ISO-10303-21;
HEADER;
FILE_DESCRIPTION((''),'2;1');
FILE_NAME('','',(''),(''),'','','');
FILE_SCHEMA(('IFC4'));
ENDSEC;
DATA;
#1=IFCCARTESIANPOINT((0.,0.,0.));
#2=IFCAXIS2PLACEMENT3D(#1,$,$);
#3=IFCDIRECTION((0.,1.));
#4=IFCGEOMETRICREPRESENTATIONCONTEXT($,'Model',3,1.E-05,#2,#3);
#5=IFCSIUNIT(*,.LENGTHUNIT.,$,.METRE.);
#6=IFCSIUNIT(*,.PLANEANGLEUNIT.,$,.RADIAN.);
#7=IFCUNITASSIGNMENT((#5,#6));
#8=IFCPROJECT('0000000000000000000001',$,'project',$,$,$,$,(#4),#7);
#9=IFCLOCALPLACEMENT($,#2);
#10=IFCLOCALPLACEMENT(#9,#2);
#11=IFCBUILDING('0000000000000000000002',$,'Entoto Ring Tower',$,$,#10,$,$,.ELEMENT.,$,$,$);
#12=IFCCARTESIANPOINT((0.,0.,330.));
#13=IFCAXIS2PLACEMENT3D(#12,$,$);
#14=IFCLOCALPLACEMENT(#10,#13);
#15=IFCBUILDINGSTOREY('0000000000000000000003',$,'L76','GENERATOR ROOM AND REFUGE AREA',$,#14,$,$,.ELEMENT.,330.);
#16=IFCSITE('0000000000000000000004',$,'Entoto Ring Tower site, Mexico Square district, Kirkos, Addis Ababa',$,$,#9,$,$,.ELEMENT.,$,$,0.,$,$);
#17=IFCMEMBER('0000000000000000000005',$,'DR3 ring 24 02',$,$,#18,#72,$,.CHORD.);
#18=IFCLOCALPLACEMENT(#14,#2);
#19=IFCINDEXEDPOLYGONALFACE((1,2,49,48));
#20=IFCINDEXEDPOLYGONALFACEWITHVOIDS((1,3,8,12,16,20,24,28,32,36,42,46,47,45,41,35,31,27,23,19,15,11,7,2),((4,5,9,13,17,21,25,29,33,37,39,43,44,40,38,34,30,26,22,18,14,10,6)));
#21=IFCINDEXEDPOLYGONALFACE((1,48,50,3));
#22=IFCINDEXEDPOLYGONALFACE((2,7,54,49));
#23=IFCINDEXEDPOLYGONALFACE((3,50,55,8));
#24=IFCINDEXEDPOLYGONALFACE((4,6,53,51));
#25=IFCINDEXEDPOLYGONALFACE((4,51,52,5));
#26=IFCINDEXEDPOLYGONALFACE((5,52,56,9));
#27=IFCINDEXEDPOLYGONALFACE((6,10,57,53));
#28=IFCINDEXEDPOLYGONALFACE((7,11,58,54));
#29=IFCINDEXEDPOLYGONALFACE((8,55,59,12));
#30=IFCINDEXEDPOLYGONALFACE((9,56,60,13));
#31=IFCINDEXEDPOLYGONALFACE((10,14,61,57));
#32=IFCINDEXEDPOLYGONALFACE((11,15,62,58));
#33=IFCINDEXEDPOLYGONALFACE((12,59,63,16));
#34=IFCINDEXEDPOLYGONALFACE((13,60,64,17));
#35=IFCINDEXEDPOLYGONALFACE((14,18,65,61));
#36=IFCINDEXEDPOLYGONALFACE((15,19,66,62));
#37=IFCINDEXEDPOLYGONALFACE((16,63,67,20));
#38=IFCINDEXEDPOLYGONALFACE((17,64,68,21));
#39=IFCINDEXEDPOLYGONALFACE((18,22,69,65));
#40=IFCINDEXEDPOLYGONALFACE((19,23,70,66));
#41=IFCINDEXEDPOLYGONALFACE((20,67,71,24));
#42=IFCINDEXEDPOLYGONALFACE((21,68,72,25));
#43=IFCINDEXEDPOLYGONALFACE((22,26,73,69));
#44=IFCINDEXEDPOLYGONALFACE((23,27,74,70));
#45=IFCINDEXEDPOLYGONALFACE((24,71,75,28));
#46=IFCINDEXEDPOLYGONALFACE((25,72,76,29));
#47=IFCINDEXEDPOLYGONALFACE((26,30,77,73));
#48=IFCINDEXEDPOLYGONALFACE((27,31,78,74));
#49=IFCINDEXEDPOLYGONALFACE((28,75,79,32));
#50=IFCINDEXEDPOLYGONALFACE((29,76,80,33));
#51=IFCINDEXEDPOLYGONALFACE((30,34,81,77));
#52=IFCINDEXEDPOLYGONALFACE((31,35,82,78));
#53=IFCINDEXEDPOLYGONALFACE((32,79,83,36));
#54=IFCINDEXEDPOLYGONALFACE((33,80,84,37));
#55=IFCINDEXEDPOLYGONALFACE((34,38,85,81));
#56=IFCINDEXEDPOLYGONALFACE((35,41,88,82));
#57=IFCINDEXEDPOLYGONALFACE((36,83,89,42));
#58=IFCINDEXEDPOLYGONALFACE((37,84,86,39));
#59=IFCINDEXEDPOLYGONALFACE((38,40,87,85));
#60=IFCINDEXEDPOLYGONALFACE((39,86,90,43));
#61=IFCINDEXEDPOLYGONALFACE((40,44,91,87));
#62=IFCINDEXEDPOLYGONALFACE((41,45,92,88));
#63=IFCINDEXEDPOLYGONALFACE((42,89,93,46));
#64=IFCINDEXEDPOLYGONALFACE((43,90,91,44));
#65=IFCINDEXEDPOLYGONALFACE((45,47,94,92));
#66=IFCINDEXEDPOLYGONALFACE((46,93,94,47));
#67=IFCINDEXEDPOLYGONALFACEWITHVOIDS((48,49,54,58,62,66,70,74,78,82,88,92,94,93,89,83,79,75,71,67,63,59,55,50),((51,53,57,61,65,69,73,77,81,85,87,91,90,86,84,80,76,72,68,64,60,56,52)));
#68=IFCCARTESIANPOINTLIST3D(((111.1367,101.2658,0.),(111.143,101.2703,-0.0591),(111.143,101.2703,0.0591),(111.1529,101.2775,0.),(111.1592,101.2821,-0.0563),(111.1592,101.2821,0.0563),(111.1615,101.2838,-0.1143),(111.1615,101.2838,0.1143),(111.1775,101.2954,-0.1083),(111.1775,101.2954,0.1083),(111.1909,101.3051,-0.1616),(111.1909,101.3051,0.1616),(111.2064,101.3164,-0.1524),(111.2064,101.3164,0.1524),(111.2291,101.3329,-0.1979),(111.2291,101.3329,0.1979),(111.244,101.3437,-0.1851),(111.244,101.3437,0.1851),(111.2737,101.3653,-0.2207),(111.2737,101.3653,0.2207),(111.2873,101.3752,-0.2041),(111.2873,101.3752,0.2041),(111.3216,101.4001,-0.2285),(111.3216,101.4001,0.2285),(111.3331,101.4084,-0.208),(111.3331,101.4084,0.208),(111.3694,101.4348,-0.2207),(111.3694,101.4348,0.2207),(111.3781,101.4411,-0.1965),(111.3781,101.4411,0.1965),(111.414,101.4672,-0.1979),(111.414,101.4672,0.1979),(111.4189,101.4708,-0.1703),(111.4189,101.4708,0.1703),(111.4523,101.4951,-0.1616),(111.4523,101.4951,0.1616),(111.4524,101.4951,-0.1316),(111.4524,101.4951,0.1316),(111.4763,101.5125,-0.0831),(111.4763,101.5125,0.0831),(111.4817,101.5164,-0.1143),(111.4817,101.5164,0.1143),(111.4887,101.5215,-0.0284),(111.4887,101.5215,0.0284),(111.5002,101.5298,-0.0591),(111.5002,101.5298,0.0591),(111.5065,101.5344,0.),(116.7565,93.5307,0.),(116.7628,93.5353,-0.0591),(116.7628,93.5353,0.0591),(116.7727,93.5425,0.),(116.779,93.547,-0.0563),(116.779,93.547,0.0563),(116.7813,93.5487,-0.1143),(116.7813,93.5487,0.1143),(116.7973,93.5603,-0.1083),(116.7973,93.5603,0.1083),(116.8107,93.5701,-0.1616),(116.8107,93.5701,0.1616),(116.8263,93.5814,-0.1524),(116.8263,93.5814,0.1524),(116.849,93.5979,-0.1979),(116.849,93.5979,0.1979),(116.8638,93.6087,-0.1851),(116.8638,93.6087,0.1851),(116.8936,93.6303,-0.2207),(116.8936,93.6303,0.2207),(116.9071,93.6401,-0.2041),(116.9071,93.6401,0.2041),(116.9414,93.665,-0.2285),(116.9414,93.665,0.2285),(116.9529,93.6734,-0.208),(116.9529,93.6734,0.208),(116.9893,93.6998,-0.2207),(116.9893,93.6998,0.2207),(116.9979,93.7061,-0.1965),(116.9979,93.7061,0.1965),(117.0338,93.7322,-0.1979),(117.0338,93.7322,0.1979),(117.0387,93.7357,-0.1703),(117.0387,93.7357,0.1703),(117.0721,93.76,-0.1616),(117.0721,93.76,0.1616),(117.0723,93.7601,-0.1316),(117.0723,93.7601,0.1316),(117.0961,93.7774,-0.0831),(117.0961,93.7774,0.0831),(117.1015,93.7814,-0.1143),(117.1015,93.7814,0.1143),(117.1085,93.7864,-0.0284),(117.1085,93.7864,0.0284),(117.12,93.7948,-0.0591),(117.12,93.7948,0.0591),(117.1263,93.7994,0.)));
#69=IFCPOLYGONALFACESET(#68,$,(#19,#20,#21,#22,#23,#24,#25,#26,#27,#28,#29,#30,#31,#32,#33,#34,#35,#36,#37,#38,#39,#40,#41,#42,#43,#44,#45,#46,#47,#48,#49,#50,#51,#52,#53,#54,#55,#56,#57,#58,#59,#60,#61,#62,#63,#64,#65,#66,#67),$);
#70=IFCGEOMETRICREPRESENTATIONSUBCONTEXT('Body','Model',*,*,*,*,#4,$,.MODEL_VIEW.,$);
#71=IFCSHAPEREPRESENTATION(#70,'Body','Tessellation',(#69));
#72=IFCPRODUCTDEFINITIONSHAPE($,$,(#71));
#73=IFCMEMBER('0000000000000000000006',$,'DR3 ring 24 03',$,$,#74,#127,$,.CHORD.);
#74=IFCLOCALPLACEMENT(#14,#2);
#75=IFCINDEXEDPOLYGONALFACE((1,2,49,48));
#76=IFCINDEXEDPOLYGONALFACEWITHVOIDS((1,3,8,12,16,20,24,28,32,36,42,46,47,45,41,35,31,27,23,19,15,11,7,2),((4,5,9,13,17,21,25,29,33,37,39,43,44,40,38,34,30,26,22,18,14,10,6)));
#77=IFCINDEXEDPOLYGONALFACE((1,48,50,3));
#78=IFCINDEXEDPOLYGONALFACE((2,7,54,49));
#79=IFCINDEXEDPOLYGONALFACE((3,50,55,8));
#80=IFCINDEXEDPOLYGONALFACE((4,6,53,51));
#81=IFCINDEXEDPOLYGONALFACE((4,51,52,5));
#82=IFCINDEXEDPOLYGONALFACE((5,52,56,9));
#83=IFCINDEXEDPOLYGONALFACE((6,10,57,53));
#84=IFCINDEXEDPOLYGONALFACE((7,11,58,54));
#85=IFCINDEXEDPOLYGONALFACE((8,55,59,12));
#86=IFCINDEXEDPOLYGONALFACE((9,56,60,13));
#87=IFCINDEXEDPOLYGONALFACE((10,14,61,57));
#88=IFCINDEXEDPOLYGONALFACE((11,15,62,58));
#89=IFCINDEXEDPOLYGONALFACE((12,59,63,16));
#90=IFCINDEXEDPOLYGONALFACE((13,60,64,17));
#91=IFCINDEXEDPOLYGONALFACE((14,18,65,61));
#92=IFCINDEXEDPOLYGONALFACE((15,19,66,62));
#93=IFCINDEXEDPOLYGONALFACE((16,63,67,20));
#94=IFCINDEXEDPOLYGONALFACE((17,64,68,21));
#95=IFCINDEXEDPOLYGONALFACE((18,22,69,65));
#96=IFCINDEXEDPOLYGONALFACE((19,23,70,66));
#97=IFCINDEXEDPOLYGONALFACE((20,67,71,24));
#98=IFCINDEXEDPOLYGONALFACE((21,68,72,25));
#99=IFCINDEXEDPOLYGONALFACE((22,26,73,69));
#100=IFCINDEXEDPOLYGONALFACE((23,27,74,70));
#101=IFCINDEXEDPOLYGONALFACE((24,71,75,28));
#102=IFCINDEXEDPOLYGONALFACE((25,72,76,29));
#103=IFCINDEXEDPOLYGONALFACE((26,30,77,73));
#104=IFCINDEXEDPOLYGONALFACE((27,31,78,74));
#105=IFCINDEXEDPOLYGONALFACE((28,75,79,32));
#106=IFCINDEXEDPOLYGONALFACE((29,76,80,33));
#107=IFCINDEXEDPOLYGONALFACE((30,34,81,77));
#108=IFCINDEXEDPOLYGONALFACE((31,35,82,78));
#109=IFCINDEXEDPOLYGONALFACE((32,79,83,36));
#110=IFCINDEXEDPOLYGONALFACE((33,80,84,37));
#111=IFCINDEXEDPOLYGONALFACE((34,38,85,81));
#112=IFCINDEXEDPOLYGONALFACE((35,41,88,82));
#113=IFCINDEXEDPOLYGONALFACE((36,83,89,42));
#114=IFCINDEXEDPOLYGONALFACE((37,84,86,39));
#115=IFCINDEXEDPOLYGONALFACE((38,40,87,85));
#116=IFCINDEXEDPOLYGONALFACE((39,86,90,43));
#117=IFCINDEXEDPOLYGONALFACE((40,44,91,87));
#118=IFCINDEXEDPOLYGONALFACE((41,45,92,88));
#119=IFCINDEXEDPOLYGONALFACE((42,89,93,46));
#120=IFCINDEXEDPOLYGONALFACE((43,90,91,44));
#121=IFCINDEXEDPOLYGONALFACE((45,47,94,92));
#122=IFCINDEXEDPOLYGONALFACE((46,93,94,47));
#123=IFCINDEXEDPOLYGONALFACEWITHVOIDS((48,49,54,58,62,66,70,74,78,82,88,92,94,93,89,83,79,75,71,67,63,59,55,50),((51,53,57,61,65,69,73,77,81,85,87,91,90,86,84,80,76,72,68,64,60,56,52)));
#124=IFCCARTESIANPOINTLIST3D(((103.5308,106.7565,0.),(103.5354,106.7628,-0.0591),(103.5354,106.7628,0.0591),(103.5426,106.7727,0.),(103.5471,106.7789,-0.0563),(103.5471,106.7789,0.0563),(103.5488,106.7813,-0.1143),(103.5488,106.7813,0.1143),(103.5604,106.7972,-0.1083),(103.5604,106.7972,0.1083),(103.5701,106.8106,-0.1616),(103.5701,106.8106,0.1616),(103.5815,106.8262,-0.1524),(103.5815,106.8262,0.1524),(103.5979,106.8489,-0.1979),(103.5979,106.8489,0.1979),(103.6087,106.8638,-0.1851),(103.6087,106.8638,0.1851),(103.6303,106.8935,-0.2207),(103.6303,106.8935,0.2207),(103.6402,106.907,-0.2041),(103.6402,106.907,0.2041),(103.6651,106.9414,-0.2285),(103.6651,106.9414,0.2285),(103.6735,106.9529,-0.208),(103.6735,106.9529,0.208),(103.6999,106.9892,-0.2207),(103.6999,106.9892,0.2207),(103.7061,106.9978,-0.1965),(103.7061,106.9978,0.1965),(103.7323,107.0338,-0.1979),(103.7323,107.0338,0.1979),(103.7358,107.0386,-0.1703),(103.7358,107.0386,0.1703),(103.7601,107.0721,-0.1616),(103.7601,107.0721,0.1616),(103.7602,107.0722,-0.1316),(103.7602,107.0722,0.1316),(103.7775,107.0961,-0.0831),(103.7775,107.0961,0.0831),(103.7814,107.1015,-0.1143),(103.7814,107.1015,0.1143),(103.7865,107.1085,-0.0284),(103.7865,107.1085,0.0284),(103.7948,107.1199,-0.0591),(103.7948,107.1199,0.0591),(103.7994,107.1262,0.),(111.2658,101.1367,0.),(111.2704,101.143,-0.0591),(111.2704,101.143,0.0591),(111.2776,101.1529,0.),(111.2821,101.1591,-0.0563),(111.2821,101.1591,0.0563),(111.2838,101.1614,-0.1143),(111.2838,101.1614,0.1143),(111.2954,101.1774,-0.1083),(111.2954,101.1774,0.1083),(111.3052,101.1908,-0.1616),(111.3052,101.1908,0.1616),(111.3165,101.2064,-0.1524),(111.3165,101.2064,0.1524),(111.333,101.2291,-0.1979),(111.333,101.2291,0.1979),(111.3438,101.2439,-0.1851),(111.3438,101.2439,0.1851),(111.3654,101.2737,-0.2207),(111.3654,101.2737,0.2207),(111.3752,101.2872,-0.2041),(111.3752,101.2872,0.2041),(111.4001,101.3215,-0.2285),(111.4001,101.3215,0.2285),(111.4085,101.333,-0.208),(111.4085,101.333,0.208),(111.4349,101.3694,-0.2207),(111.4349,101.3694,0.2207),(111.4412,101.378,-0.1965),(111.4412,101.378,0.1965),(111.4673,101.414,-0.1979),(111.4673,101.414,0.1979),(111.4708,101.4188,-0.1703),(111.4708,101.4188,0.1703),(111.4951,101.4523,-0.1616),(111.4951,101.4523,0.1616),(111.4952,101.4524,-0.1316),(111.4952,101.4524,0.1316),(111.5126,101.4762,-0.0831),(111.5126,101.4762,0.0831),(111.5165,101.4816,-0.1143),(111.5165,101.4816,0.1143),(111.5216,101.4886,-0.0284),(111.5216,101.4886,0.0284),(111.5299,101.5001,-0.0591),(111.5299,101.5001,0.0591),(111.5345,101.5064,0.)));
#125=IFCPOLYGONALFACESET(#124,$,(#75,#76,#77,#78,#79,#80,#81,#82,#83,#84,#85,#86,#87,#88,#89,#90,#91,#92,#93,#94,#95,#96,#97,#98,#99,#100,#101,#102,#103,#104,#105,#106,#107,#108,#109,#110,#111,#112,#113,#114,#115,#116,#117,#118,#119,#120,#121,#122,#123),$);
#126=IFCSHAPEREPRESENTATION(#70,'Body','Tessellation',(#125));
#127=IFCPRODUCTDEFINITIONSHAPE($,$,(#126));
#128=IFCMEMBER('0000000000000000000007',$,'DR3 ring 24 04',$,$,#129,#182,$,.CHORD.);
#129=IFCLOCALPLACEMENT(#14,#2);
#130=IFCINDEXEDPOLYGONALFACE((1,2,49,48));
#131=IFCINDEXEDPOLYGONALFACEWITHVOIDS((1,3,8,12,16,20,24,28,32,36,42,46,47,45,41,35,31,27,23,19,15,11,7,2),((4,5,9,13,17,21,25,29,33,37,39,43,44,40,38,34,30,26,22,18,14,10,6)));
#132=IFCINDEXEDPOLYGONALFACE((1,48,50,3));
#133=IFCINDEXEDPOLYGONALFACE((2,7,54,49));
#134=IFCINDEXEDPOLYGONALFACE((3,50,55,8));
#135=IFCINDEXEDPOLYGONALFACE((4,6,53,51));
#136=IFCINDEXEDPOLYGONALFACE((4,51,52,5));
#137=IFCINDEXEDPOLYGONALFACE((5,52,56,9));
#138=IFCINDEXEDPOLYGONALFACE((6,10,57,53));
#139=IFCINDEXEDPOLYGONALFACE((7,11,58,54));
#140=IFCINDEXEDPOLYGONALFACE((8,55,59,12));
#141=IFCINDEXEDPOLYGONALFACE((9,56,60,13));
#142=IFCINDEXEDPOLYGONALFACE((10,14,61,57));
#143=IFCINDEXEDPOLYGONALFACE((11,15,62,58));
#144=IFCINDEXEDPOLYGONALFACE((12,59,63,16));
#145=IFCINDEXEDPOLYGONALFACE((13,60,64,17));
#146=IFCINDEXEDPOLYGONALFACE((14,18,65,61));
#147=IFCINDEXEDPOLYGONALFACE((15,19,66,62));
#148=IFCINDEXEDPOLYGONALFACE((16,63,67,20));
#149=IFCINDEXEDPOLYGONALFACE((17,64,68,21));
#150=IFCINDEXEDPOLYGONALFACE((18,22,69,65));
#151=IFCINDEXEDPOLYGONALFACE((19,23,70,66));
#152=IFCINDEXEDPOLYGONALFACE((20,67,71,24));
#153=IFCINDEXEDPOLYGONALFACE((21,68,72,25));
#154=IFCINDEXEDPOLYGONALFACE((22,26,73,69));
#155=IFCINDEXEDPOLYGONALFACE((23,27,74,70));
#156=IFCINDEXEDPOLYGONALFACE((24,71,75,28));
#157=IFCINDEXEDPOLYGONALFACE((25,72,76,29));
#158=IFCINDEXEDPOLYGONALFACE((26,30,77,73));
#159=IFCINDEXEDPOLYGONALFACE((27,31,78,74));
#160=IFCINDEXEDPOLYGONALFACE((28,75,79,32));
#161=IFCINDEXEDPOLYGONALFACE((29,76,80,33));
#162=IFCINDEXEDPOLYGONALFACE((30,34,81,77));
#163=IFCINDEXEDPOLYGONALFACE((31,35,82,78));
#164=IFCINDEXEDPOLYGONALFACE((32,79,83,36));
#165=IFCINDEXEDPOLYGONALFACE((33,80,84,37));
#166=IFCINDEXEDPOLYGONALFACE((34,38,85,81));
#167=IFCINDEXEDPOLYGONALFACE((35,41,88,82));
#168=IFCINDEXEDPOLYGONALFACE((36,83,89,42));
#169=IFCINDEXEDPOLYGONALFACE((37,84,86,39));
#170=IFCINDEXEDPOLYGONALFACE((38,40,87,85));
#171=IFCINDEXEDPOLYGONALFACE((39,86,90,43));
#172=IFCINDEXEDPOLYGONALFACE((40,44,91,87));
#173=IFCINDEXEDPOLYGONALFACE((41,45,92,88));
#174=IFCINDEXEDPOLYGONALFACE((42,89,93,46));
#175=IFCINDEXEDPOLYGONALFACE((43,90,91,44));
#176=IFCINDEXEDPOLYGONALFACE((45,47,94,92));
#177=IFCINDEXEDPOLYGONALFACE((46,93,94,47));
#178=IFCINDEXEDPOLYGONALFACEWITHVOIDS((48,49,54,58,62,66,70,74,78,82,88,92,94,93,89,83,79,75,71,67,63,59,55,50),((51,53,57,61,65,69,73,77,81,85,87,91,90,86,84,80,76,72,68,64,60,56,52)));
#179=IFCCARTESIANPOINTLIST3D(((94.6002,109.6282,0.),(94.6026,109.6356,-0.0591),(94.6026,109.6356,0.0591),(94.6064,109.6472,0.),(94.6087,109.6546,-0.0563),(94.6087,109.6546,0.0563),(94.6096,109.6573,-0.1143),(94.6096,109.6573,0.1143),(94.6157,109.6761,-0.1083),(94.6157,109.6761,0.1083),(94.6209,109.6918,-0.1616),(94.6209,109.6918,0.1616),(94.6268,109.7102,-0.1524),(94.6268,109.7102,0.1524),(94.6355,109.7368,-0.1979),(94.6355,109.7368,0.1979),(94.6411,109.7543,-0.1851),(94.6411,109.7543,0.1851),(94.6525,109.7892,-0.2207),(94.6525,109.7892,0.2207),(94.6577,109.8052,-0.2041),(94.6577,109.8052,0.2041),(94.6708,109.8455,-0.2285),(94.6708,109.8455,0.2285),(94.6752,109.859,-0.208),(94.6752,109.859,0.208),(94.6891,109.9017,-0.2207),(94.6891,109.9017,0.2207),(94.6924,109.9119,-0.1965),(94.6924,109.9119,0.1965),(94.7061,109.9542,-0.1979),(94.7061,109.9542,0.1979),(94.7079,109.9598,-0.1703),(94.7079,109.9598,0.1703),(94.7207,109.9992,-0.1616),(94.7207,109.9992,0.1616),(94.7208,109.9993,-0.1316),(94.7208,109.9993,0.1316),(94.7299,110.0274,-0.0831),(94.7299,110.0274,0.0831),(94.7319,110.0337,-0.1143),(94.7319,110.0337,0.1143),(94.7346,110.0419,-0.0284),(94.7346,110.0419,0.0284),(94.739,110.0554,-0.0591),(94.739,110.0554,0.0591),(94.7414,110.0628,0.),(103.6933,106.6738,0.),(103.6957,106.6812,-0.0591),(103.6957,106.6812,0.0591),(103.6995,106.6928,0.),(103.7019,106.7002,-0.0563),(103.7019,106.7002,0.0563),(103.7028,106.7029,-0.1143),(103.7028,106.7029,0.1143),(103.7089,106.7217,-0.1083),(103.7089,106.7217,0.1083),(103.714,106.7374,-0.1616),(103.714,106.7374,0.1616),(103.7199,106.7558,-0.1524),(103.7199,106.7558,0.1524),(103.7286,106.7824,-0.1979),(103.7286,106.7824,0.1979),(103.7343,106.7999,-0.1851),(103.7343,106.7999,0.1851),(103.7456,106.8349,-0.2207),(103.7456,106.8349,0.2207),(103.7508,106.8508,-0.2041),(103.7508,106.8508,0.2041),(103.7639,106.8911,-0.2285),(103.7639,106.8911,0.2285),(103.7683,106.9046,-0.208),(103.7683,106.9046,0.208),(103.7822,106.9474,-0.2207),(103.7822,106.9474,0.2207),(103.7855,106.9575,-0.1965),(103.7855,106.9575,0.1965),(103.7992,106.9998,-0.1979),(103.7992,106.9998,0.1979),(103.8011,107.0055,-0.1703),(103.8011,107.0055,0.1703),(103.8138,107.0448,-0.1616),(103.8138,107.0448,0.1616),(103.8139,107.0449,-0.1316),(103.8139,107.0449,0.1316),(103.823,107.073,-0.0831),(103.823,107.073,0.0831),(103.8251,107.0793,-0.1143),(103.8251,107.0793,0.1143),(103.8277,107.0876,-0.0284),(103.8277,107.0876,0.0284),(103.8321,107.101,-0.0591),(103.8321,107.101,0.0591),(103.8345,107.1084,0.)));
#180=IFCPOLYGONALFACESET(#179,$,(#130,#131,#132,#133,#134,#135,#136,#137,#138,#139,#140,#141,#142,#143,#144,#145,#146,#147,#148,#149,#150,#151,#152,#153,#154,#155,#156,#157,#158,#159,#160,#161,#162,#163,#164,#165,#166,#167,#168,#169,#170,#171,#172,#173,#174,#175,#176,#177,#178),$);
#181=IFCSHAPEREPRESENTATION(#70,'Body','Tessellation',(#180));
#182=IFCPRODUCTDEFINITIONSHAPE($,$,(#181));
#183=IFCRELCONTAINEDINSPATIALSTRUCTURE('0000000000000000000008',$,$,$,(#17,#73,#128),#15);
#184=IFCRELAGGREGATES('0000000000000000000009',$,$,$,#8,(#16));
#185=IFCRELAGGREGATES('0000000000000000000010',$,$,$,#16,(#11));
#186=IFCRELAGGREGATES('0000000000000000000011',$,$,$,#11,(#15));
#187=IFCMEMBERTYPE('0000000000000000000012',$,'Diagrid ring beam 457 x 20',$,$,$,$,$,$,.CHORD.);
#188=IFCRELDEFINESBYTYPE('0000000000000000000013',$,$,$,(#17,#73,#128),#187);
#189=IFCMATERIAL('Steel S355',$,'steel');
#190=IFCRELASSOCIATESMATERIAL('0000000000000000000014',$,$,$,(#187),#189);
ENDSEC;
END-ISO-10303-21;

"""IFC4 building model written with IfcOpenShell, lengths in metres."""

from ifc_helpers import new_model, si_unit, direction, frame, origin, origin_2d, place, context, subcontext, project, spatial, circle, hollow_circle, extrude, material, material_profile, profile_set, type_object, element, save


model = new_model("IFC4")

# Units and contexts
model_context = context("Model", 3, precision=1e-05, world=origin(), true_north=direction((0.0, 1.0)))
body_context = subcontext(model_context, "Body", "Model", "MODEL_VIEW")
ifc_project = project(units=[si_unit("LENGTHUNIT", "METRE"), si_unit("PLANEANGLEUNIT", "RADIAN")], contexts=[model_context])

# Site, building, storey
site_placement = place(None, origin())
site = spatial("IfcSite", under=ifc_project, at=site_placement, Name="Entoto Ring Tower site, Mexico Square district, Kirkos, Addis Ababa", CompositionType="ELEMENT", RefElevation=0.0)
building_placement = place(site_placement, origin())
building = spatial("IfcBuilding", under=site, at=building_placement, Name="Entoto Ring Tower", CompositionType="ELEMENT")
storey_placement = place(building_placement, frame((0.0, 0.0, 330.0)))
storey = spatial("IfcBuildingStorey", under=building, at=storey_placement, Name="L76", Description="GENERATOR ROOM AND REFUGE AREA", CompositionType="ELEMENT", Elevation=330.0)

# Members
ifc_material_1 = material(Name="Steel S355", Category="steel")
ifc_material_profile_1 = material_profile(ifc_material_1, hollow_circle(Radius=0.2285, WallThickness=0.02, at=origin_2d()), Name="CHS 457 x 20")
ifc_material_2 = material(Name="Concrete C60/75", Category="concrete")
ifc_material_profile_2 = material_profile(ifc_material_2, circle(Radius=0.2085, at=origin_2d()), Name="Concrete C60/75 infill")
ifc_profile_set_1 = profile_set([ifc_material_profile_1, ifc_material_profile_2], Name="Steel S355")
member_type_1 = type_object("IfcMemberType", Name="Diagrid ring beam 457 x 20", PredefinedType="CHORD", material=ifc_profile_set_1)
for number, where, z_axis, x_axis, name in (
    (1, (116.9414, 93.665, 0.0), (-0.587784, 0.809018, 0.0), (-0.809018, -0.587784, 0.0), "DR3 ring 24 02"),
    (2, (111.4001, 101.3215, 0.0), (-0.809018, 0.587784, 0.0), (-0.587784, -0.809018, 0.0), "DR3 ring 24 03"),
    (3, (103.7639, 106.8911, 0.0), (-0.951061, 0.309002, 0.0), (-0.309002, -0.951061, 0.0), "DR3 ring 24 04"),
):
    element("IfcMember", number, at=place(storey_placement, frame(where, z_axis=z_axis, x_axis=x_axis)), inside=storey, type_object=member_type_1, Name=name, PredefinedType="CHORD", context=body_context, shape_type="SweptSolid", body=[
        extrude(hollow_circle(Radius=0.2285, WallThickness=0.02, at=origin_2d()), origin(), (0.0, 0.0, 1.0), 9.561),
    ])

save(model, "model.ifc")
